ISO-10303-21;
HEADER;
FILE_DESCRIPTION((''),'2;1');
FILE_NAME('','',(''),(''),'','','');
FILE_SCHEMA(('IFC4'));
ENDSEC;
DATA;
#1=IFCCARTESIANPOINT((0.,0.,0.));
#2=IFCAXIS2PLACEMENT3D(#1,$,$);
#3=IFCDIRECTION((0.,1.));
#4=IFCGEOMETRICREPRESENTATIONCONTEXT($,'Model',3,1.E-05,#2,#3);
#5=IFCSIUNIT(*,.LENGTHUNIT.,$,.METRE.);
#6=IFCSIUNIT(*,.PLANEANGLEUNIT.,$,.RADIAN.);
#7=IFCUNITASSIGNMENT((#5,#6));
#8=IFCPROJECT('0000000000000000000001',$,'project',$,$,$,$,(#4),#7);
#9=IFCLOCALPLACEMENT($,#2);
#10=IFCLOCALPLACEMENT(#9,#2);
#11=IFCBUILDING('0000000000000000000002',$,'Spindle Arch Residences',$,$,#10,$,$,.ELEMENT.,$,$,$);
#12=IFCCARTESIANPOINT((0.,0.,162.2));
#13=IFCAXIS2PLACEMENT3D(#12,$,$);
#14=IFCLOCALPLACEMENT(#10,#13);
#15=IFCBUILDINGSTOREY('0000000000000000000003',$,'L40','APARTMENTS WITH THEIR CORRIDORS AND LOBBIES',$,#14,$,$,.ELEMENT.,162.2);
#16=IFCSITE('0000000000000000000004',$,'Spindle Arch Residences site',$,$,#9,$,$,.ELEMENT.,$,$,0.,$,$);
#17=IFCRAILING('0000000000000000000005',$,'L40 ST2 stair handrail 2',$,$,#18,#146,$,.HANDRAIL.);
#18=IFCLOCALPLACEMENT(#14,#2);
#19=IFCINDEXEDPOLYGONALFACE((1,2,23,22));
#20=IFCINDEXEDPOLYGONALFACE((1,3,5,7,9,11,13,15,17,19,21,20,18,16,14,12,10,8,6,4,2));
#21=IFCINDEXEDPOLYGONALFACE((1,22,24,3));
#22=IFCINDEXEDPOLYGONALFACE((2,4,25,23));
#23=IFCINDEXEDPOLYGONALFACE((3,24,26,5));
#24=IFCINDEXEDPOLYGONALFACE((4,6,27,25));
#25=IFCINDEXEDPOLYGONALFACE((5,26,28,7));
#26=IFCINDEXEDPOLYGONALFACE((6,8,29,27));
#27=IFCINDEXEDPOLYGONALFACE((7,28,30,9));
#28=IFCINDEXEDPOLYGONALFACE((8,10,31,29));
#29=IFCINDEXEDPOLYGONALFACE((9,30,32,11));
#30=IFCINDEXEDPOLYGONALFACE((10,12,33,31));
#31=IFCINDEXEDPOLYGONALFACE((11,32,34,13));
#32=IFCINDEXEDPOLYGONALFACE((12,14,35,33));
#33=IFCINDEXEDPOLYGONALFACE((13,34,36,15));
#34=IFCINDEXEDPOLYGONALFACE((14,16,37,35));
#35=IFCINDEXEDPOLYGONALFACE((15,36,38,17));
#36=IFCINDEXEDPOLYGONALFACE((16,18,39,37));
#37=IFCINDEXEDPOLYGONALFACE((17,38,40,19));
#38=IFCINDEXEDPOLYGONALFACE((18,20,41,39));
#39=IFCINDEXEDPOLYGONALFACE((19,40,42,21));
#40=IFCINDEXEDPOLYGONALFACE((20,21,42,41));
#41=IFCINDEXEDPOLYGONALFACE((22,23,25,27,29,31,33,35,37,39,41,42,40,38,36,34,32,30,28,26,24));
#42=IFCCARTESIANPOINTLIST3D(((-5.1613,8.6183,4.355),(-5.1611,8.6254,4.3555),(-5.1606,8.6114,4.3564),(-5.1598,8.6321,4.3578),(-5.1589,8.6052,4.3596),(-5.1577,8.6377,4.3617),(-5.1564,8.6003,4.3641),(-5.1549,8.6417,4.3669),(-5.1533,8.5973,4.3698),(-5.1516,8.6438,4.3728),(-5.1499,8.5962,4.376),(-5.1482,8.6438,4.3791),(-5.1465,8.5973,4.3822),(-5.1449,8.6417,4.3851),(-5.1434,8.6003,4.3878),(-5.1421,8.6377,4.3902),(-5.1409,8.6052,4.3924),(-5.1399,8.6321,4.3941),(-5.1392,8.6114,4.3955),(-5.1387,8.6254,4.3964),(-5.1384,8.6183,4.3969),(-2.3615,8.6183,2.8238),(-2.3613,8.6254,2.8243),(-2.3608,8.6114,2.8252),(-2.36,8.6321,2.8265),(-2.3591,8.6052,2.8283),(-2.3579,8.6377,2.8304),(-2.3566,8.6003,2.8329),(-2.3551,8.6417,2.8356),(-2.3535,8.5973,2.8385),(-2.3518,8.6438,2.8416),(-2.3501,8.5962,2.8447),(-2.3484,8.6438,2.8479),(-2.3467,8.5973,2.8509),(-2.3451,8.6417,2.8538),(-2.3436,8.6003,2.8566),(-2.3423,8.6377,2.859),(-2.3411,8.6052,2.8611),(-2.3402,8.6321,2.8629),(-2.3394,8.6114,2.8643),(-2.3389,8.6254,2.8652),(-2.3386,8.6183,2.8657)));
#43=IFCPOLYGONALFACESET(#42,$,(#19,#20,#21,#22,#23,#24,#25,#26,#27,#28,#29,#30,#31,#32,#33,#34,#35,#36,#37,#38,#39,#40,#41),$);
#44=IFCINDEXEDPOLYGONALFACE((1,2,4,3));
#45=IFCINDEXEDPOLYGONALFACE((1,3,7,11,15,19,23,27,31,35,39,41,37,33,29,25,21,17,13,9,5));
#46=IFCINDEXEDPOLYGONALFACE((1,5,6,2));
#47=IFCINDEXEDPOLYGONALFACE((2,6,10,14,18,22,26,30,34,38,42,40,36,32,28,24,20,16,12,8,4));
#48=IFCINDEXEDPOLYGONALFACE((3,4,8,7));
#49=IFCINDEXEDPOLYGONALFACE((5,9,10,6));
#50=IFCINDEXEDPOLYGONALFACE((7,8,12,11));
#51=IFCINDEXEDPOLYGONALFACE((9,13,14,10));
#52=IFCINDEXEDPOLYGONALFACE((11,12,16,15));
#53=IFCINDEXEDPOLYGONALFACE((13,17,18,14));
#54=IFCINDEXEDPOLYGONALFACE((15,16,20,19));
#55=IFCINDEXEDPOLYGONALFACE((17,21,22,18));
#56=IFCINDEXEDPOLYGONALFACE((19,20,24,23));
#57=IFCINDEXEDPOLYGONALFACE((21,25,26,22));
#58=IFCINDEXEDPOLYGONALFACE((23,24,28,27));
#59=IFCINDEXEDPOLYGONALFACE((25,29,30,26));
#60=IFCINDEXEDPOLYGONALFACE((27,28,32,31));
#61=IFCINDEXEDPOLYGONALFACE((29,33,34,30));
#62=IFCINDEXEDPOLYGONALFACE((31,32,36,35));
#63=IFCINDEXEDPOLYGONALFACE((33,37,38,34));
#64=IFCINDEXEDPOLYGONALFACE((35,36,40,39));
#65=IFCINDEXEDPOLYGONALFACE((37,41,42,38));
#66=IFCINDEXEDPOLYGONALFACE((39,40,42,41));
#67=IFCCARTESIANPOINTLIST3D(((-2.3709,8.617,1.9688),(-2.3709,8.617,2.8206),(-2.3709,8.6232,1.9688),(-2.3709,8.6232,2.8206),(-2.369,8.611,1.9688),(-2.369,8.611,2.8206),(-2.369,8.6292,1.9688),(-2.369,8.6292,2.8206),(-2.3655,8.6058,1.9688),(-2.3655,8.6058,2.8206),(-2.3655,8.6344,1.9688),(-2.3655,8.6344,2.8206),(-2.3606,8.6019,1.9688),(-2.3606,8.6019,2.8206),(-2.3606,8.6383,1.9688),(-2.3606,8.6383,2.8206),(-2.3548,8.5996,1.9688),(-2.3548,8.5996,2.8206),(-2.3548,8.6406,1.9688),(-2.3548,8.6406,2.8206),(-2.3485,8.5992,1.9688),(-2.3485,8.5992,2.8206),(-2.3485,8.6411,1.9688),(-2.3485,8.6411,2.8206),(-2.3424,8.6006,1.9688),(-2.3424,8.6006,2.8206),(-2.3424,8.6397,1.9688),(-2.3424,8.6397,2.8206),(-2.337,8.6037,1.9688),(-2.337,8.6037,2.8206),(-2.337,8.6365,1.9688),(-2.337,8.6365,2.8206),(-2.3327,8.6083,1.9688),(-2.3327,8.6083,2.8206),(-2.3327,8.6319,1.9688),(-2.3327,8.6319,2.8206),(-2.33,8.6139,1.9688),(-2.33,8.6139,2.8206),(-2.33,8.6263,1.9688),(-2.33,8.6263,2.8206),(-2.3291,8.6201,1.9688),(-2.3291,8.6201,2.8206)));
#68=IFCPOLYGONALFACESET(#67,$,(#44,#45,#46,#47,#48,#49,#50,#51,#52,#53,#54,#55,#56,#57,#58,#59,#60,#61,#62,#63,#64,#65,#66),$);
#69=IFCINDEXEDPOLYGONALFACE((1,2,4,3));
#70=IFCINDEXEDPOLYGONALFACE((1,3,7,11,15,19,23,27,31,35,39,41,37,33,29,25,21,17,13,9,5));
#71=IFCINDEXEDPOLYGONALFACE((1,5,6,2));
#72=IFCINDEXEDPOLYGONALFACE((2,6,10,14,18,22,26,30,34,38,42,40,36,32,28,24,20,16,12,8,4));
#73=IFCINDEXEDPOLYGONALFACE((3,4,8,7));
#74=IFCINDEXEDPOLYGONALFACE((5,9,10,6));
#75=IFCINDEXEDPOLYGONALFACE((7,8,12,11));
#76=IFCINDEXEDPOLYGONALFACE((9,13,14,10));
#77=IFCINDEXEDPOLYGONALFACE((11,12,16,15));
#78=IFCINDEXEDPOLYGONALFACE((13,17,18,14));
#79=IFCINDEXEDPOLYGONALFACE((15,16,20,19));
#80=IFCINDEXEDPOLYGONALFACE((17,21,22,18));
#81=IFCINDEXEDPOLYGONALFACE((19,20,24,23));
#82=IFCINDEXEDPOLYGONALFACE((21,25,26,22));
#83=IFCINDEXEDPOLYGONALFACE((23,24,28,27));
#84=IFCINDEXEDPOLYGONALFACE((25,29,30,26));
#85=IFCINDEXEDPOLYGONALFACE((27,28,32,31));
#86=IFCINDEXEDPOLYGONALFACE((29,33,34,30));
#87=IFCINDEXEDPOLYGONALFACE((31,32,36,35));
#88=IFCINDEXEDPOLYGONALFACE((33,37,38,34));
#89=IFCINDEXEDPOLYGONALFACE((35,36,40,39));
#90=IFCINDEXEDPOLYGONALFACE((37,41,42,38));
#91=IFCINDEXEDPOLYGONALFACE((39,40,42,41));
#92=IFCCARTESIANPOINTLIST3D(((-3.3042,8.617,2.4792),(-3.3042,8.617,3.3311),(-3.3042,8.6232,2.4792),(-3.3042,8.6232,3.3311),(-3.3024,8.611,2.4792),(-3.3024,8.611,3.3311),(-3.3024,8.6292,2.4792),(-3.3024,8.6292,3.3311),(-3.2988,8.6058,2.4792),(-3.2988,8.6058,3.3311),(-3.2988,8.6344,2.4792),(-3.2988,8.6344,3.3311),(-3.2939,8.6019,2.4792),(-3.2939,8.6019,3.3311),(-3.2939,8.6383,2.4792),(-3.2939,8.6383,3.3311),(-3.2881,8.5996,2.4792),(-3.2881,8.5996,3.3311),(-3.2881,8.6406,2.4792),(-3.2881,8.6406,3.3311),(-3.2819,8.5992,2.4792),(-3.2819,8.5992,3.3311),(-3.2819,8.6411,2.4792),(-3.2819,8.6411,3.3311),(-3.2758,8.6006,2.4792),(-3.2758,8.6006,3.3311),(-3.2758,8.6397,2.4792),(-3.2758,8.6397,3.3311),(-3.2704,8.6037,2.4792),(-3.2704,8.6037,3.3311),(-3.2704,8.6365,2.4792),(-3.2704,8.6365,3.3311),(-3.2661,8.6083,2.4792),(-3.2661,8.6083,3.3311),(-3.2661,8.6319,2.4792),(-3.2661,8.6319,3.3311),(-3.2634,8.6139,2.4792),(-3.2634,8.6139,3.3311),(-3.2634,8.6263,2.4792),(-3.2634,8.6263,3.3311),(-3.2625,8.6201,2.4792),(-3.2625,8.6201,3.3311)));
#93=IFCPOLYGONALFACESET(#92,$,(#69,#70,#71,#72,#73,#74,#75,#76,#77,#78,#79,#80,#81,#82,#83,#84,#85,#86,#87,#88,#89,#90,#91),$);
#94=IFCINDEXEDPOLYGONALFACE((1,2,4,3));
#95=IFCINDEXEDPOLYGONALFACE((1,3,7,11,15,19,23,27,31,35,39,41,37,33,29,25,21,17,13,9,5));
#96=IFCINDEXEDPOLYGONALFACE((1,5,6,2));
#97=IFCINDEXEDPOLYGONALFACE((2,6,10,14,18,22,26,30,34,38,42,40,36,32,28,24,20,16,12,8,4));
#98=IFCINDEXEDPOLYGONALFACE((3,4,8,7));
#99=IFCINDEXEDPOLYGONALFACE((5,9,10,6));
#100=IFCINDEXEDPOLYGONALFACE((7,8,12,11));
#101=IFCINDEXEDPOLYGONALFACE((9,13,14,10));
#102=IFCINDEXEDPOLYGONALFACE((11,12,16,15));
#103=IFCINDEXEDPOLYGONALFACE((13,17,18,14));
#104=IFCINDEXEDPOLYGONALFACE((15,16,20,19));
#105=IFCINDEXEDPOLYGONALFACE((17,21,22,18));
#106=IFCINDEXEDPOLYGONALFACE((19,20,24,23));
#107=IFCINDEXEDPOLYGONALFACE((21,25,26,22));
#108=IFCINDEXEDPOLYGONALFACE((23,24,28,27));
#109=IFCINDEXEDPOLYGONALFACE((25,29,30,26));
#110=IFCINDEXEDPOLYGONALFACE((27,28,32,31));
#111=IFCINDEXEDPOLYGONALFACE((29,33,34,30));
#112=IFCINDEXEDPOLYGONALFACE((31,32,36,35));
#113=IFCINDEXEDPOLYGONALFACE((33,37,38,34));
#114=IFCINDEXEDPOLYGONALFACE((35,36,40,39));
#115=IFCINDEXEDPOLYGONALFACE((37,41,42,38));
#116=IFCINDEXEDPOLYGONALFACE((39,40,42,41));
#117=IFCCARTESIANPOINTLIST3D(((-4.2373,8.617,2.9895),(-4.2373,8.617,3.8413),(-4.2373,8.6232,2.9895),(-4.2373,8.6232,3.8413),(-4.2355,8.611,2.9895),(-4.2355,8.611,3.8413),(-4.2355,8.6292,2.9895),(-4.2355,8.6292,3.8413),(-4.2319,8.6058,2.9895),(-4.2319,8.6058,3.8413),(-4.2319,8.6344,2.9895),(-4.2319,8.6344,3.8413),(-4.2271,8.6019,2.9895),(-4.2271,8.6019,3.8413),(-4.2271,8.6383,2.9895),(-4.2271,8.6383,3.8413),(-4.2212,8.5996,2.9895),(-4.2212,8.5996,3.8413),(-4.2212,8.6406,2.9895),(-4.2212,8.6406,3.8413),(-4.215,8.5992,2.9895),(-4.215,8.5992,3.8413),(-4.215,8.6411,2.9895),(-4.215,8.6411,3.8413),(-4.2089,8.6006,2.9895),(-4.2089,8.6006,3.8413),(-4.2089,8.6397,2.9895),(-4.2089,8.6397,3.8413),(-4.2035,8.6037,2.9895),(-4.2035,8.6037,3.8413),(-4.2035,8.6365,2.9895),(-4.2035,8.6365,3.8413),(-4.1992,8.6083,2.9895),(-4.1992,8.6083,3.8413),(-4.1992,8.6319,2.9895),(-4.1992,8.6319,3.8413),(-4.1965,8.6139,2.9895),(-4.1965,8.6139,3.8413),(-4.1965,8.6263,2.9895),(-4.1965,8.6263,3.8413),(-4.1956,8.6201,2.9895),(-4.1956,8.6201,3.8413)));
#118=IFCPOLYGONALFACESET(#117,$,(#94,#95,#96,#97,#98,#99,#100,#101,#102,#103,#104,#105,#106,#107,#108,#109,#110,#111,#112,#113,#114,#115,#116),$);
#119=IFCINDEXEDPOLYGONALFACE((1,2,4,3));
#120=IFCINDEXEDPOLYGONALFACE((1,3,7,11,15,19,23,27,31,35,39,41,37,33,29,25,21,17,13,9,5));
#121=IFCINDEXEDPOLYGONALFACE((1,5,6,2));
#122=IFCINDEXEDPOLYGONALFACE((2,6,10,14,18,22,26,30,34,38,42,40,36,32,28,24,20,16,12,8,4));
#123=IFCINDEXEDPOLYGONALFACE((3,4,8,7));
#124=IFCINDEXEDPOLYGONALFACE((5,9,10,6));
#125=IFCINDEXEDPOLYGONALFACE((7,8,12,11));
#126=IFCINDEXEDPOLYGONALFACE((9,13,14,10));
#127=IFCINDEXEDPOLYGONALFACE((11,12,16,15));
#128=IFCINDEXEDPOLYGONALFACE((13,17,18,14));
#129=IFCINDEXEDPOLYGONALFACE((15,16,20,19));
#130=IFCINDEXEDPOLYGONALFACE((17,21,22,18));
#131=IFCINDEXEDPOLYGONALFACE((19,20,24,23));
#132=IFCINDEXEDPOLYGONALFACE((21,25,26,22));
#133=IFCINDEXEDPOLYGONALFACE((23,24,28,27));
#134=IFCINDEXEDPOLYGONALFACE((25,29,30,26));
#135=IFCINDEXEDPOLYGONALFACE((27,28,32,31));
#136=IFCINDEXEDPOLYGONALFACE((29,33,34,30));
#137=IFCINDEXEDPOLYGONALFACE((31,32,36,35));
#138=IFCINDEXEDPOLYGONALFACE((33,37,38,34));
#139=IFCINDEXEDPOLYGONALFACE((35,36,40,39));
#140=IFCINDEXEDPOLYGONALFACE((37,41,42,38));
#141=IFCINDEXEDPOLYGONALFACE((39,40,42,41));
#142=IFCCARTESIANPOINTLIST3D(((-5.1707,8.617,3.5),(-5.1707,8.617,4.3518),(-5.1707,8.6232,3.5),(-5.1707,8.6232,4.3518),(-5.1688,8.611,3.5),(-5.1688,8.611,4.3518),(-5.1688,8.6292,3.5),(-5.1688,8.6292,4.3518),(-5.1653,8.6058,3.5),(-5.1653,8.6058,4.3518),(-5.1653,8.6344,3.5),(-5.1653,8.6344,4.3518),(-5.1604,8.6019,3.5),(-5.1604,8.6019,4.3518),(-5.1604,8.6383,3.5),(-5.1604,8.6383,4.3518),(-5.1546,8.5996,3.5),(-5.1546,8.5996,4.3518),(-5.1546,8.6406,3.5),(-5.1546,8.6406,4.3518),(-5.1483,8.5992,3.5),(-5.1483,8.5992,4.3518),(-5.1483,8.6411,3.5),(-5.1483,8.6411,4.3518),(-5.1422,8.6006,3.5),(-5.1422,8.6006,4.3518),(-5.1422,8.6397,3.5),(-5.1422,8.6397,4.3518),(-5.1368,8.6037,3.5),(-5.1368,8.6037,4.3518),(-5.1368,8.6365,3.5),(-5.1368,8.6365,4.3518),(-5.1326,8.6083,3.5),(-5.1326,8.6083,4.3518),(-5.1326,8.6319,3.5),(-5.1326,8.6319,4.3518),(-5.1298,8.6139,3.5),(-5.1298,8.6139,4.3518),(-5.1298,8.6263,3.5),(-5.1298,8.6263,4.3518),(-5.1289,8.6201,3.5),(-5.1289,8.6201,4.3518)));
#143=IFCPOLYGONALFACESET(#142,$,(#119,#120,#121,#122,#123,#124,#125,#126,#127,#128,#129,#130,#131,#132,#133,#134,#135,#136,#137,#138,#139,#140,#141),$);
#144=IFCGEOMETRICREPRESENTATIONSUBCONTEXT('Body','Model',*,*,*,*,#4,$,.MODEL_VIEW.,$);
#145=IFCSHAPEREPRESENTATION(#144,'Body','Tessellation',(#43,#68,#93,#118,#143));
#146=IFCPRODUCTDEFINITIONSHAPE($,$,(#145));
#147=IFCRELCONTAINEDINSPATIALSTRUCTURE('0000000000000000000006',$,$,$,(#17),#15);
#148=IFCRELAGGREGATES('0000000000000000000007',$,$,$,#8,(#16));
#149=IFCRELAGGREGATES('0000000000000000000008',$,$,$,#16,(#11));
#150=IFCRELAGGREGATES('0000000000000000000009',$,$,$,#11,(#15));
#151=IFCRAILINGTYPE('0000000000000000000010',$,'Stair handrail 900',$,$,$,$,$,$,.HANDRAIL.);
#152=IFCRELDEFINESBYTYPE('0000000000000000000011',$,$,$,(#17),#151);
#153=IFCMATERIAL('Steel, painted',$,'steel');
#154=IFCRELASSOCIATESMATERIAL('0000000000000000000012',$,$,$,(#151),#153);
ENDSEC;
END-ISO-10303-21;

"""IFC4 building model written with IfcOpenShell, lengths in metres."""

from ifc_helpers import new_model, si_unit, direction, frame, origin, origin_2d, place, context, subcontext, project, spatial, circle, extrude, material, type_object, element, save


model = new_model("IFC4")

# Units and contexts
model_context = context("Model", 3, precision=1e-05, world=origin(), true_north=direction((0.0, 1.0)))
body_context = subcontext(model_context, "Body", "Model", "MODEL_VIEW")
ifc_project = project(units=[si_unit("LENGTHUNIT", "METRE"), si_unit("PLANEANGLEUNIT", "RADIAN")], contexts=[model_context])

# Site, building, storey
site_placement = place(None, origin())
site = spatial("IfcSite", under=ifc_project, at=site_placement, Name="Spindle Arch Residences site", CompositionType="ELEMENT", RefElevation=0.0)
building_placement = place(site_placement, origin())
building = spatial("IfcBuilding", under=site, at=building_placement, Name="Spindle Arch Residences", CompositionType="ELEMENT")
storey_placement = place(building_placement, frame((0.0, 0.0, 162.2)))
storey = spatial("IfcBuildingStorey", under=building, at=storey_placement, Name="L40", Description="APARTMENTS WITH THEIR CORRIDORS AND LOBBIES", CompositionType="ELEMENT", Elevation=162.2)

# Railing
ifc_material_1 = material(Name="Steel, painted", Category="steel")
railing_type_1 = type_object("IfcRailingType", Name="Stair handrail 900", PredefinedType="HANDRAIL", material=ifc_material_1)
railing_1_placement = place(storey_placement, frame((-2.3501, 8.6201, 1.9688)))
element("IfcRailing", 1, at=railing_1_placement, inside=storey, type_object=railing_type_1, Name="L40 ST2 stair handrail 2", PredefinedType="HANDRAIL", context=body_context, shape_type="SweptSolid", body=[
    extrude(circle(Radius=0.0239, at=origin_2d()), frame((0.0, 0.0, 0.876), z_axis=(-0.877357, 0.0, 0.479838), x_axis=(0.0, -1.0, 0.0)), (0.0, 0.0, 1.0), 3.1912),
    extrude(circle(Radius=0.021, at=origin_2d()), origin(), (0.0, 0.0, 1.0), 0.8518),
    extrude(circle(Radius=0.021, at=origin_2d()), frame((-0.9333, 0.0, 0.5105)), (0.0, 0.0, 1.0), 0.8518),
    extrude(circle(Radius=0.021, at=origin_2d()), frame((-1.8665, 0.0, 1.0208)), (0.0, 0.0, 1.0), 0.8518),
    extrude(circle(Radius=0.021, at=origin_2d()), frame((-2.7998, 0.0, 1.5312)), (0.0, 0.0, 1.0), 0.8518),
])

save(model, "model.ifc")
